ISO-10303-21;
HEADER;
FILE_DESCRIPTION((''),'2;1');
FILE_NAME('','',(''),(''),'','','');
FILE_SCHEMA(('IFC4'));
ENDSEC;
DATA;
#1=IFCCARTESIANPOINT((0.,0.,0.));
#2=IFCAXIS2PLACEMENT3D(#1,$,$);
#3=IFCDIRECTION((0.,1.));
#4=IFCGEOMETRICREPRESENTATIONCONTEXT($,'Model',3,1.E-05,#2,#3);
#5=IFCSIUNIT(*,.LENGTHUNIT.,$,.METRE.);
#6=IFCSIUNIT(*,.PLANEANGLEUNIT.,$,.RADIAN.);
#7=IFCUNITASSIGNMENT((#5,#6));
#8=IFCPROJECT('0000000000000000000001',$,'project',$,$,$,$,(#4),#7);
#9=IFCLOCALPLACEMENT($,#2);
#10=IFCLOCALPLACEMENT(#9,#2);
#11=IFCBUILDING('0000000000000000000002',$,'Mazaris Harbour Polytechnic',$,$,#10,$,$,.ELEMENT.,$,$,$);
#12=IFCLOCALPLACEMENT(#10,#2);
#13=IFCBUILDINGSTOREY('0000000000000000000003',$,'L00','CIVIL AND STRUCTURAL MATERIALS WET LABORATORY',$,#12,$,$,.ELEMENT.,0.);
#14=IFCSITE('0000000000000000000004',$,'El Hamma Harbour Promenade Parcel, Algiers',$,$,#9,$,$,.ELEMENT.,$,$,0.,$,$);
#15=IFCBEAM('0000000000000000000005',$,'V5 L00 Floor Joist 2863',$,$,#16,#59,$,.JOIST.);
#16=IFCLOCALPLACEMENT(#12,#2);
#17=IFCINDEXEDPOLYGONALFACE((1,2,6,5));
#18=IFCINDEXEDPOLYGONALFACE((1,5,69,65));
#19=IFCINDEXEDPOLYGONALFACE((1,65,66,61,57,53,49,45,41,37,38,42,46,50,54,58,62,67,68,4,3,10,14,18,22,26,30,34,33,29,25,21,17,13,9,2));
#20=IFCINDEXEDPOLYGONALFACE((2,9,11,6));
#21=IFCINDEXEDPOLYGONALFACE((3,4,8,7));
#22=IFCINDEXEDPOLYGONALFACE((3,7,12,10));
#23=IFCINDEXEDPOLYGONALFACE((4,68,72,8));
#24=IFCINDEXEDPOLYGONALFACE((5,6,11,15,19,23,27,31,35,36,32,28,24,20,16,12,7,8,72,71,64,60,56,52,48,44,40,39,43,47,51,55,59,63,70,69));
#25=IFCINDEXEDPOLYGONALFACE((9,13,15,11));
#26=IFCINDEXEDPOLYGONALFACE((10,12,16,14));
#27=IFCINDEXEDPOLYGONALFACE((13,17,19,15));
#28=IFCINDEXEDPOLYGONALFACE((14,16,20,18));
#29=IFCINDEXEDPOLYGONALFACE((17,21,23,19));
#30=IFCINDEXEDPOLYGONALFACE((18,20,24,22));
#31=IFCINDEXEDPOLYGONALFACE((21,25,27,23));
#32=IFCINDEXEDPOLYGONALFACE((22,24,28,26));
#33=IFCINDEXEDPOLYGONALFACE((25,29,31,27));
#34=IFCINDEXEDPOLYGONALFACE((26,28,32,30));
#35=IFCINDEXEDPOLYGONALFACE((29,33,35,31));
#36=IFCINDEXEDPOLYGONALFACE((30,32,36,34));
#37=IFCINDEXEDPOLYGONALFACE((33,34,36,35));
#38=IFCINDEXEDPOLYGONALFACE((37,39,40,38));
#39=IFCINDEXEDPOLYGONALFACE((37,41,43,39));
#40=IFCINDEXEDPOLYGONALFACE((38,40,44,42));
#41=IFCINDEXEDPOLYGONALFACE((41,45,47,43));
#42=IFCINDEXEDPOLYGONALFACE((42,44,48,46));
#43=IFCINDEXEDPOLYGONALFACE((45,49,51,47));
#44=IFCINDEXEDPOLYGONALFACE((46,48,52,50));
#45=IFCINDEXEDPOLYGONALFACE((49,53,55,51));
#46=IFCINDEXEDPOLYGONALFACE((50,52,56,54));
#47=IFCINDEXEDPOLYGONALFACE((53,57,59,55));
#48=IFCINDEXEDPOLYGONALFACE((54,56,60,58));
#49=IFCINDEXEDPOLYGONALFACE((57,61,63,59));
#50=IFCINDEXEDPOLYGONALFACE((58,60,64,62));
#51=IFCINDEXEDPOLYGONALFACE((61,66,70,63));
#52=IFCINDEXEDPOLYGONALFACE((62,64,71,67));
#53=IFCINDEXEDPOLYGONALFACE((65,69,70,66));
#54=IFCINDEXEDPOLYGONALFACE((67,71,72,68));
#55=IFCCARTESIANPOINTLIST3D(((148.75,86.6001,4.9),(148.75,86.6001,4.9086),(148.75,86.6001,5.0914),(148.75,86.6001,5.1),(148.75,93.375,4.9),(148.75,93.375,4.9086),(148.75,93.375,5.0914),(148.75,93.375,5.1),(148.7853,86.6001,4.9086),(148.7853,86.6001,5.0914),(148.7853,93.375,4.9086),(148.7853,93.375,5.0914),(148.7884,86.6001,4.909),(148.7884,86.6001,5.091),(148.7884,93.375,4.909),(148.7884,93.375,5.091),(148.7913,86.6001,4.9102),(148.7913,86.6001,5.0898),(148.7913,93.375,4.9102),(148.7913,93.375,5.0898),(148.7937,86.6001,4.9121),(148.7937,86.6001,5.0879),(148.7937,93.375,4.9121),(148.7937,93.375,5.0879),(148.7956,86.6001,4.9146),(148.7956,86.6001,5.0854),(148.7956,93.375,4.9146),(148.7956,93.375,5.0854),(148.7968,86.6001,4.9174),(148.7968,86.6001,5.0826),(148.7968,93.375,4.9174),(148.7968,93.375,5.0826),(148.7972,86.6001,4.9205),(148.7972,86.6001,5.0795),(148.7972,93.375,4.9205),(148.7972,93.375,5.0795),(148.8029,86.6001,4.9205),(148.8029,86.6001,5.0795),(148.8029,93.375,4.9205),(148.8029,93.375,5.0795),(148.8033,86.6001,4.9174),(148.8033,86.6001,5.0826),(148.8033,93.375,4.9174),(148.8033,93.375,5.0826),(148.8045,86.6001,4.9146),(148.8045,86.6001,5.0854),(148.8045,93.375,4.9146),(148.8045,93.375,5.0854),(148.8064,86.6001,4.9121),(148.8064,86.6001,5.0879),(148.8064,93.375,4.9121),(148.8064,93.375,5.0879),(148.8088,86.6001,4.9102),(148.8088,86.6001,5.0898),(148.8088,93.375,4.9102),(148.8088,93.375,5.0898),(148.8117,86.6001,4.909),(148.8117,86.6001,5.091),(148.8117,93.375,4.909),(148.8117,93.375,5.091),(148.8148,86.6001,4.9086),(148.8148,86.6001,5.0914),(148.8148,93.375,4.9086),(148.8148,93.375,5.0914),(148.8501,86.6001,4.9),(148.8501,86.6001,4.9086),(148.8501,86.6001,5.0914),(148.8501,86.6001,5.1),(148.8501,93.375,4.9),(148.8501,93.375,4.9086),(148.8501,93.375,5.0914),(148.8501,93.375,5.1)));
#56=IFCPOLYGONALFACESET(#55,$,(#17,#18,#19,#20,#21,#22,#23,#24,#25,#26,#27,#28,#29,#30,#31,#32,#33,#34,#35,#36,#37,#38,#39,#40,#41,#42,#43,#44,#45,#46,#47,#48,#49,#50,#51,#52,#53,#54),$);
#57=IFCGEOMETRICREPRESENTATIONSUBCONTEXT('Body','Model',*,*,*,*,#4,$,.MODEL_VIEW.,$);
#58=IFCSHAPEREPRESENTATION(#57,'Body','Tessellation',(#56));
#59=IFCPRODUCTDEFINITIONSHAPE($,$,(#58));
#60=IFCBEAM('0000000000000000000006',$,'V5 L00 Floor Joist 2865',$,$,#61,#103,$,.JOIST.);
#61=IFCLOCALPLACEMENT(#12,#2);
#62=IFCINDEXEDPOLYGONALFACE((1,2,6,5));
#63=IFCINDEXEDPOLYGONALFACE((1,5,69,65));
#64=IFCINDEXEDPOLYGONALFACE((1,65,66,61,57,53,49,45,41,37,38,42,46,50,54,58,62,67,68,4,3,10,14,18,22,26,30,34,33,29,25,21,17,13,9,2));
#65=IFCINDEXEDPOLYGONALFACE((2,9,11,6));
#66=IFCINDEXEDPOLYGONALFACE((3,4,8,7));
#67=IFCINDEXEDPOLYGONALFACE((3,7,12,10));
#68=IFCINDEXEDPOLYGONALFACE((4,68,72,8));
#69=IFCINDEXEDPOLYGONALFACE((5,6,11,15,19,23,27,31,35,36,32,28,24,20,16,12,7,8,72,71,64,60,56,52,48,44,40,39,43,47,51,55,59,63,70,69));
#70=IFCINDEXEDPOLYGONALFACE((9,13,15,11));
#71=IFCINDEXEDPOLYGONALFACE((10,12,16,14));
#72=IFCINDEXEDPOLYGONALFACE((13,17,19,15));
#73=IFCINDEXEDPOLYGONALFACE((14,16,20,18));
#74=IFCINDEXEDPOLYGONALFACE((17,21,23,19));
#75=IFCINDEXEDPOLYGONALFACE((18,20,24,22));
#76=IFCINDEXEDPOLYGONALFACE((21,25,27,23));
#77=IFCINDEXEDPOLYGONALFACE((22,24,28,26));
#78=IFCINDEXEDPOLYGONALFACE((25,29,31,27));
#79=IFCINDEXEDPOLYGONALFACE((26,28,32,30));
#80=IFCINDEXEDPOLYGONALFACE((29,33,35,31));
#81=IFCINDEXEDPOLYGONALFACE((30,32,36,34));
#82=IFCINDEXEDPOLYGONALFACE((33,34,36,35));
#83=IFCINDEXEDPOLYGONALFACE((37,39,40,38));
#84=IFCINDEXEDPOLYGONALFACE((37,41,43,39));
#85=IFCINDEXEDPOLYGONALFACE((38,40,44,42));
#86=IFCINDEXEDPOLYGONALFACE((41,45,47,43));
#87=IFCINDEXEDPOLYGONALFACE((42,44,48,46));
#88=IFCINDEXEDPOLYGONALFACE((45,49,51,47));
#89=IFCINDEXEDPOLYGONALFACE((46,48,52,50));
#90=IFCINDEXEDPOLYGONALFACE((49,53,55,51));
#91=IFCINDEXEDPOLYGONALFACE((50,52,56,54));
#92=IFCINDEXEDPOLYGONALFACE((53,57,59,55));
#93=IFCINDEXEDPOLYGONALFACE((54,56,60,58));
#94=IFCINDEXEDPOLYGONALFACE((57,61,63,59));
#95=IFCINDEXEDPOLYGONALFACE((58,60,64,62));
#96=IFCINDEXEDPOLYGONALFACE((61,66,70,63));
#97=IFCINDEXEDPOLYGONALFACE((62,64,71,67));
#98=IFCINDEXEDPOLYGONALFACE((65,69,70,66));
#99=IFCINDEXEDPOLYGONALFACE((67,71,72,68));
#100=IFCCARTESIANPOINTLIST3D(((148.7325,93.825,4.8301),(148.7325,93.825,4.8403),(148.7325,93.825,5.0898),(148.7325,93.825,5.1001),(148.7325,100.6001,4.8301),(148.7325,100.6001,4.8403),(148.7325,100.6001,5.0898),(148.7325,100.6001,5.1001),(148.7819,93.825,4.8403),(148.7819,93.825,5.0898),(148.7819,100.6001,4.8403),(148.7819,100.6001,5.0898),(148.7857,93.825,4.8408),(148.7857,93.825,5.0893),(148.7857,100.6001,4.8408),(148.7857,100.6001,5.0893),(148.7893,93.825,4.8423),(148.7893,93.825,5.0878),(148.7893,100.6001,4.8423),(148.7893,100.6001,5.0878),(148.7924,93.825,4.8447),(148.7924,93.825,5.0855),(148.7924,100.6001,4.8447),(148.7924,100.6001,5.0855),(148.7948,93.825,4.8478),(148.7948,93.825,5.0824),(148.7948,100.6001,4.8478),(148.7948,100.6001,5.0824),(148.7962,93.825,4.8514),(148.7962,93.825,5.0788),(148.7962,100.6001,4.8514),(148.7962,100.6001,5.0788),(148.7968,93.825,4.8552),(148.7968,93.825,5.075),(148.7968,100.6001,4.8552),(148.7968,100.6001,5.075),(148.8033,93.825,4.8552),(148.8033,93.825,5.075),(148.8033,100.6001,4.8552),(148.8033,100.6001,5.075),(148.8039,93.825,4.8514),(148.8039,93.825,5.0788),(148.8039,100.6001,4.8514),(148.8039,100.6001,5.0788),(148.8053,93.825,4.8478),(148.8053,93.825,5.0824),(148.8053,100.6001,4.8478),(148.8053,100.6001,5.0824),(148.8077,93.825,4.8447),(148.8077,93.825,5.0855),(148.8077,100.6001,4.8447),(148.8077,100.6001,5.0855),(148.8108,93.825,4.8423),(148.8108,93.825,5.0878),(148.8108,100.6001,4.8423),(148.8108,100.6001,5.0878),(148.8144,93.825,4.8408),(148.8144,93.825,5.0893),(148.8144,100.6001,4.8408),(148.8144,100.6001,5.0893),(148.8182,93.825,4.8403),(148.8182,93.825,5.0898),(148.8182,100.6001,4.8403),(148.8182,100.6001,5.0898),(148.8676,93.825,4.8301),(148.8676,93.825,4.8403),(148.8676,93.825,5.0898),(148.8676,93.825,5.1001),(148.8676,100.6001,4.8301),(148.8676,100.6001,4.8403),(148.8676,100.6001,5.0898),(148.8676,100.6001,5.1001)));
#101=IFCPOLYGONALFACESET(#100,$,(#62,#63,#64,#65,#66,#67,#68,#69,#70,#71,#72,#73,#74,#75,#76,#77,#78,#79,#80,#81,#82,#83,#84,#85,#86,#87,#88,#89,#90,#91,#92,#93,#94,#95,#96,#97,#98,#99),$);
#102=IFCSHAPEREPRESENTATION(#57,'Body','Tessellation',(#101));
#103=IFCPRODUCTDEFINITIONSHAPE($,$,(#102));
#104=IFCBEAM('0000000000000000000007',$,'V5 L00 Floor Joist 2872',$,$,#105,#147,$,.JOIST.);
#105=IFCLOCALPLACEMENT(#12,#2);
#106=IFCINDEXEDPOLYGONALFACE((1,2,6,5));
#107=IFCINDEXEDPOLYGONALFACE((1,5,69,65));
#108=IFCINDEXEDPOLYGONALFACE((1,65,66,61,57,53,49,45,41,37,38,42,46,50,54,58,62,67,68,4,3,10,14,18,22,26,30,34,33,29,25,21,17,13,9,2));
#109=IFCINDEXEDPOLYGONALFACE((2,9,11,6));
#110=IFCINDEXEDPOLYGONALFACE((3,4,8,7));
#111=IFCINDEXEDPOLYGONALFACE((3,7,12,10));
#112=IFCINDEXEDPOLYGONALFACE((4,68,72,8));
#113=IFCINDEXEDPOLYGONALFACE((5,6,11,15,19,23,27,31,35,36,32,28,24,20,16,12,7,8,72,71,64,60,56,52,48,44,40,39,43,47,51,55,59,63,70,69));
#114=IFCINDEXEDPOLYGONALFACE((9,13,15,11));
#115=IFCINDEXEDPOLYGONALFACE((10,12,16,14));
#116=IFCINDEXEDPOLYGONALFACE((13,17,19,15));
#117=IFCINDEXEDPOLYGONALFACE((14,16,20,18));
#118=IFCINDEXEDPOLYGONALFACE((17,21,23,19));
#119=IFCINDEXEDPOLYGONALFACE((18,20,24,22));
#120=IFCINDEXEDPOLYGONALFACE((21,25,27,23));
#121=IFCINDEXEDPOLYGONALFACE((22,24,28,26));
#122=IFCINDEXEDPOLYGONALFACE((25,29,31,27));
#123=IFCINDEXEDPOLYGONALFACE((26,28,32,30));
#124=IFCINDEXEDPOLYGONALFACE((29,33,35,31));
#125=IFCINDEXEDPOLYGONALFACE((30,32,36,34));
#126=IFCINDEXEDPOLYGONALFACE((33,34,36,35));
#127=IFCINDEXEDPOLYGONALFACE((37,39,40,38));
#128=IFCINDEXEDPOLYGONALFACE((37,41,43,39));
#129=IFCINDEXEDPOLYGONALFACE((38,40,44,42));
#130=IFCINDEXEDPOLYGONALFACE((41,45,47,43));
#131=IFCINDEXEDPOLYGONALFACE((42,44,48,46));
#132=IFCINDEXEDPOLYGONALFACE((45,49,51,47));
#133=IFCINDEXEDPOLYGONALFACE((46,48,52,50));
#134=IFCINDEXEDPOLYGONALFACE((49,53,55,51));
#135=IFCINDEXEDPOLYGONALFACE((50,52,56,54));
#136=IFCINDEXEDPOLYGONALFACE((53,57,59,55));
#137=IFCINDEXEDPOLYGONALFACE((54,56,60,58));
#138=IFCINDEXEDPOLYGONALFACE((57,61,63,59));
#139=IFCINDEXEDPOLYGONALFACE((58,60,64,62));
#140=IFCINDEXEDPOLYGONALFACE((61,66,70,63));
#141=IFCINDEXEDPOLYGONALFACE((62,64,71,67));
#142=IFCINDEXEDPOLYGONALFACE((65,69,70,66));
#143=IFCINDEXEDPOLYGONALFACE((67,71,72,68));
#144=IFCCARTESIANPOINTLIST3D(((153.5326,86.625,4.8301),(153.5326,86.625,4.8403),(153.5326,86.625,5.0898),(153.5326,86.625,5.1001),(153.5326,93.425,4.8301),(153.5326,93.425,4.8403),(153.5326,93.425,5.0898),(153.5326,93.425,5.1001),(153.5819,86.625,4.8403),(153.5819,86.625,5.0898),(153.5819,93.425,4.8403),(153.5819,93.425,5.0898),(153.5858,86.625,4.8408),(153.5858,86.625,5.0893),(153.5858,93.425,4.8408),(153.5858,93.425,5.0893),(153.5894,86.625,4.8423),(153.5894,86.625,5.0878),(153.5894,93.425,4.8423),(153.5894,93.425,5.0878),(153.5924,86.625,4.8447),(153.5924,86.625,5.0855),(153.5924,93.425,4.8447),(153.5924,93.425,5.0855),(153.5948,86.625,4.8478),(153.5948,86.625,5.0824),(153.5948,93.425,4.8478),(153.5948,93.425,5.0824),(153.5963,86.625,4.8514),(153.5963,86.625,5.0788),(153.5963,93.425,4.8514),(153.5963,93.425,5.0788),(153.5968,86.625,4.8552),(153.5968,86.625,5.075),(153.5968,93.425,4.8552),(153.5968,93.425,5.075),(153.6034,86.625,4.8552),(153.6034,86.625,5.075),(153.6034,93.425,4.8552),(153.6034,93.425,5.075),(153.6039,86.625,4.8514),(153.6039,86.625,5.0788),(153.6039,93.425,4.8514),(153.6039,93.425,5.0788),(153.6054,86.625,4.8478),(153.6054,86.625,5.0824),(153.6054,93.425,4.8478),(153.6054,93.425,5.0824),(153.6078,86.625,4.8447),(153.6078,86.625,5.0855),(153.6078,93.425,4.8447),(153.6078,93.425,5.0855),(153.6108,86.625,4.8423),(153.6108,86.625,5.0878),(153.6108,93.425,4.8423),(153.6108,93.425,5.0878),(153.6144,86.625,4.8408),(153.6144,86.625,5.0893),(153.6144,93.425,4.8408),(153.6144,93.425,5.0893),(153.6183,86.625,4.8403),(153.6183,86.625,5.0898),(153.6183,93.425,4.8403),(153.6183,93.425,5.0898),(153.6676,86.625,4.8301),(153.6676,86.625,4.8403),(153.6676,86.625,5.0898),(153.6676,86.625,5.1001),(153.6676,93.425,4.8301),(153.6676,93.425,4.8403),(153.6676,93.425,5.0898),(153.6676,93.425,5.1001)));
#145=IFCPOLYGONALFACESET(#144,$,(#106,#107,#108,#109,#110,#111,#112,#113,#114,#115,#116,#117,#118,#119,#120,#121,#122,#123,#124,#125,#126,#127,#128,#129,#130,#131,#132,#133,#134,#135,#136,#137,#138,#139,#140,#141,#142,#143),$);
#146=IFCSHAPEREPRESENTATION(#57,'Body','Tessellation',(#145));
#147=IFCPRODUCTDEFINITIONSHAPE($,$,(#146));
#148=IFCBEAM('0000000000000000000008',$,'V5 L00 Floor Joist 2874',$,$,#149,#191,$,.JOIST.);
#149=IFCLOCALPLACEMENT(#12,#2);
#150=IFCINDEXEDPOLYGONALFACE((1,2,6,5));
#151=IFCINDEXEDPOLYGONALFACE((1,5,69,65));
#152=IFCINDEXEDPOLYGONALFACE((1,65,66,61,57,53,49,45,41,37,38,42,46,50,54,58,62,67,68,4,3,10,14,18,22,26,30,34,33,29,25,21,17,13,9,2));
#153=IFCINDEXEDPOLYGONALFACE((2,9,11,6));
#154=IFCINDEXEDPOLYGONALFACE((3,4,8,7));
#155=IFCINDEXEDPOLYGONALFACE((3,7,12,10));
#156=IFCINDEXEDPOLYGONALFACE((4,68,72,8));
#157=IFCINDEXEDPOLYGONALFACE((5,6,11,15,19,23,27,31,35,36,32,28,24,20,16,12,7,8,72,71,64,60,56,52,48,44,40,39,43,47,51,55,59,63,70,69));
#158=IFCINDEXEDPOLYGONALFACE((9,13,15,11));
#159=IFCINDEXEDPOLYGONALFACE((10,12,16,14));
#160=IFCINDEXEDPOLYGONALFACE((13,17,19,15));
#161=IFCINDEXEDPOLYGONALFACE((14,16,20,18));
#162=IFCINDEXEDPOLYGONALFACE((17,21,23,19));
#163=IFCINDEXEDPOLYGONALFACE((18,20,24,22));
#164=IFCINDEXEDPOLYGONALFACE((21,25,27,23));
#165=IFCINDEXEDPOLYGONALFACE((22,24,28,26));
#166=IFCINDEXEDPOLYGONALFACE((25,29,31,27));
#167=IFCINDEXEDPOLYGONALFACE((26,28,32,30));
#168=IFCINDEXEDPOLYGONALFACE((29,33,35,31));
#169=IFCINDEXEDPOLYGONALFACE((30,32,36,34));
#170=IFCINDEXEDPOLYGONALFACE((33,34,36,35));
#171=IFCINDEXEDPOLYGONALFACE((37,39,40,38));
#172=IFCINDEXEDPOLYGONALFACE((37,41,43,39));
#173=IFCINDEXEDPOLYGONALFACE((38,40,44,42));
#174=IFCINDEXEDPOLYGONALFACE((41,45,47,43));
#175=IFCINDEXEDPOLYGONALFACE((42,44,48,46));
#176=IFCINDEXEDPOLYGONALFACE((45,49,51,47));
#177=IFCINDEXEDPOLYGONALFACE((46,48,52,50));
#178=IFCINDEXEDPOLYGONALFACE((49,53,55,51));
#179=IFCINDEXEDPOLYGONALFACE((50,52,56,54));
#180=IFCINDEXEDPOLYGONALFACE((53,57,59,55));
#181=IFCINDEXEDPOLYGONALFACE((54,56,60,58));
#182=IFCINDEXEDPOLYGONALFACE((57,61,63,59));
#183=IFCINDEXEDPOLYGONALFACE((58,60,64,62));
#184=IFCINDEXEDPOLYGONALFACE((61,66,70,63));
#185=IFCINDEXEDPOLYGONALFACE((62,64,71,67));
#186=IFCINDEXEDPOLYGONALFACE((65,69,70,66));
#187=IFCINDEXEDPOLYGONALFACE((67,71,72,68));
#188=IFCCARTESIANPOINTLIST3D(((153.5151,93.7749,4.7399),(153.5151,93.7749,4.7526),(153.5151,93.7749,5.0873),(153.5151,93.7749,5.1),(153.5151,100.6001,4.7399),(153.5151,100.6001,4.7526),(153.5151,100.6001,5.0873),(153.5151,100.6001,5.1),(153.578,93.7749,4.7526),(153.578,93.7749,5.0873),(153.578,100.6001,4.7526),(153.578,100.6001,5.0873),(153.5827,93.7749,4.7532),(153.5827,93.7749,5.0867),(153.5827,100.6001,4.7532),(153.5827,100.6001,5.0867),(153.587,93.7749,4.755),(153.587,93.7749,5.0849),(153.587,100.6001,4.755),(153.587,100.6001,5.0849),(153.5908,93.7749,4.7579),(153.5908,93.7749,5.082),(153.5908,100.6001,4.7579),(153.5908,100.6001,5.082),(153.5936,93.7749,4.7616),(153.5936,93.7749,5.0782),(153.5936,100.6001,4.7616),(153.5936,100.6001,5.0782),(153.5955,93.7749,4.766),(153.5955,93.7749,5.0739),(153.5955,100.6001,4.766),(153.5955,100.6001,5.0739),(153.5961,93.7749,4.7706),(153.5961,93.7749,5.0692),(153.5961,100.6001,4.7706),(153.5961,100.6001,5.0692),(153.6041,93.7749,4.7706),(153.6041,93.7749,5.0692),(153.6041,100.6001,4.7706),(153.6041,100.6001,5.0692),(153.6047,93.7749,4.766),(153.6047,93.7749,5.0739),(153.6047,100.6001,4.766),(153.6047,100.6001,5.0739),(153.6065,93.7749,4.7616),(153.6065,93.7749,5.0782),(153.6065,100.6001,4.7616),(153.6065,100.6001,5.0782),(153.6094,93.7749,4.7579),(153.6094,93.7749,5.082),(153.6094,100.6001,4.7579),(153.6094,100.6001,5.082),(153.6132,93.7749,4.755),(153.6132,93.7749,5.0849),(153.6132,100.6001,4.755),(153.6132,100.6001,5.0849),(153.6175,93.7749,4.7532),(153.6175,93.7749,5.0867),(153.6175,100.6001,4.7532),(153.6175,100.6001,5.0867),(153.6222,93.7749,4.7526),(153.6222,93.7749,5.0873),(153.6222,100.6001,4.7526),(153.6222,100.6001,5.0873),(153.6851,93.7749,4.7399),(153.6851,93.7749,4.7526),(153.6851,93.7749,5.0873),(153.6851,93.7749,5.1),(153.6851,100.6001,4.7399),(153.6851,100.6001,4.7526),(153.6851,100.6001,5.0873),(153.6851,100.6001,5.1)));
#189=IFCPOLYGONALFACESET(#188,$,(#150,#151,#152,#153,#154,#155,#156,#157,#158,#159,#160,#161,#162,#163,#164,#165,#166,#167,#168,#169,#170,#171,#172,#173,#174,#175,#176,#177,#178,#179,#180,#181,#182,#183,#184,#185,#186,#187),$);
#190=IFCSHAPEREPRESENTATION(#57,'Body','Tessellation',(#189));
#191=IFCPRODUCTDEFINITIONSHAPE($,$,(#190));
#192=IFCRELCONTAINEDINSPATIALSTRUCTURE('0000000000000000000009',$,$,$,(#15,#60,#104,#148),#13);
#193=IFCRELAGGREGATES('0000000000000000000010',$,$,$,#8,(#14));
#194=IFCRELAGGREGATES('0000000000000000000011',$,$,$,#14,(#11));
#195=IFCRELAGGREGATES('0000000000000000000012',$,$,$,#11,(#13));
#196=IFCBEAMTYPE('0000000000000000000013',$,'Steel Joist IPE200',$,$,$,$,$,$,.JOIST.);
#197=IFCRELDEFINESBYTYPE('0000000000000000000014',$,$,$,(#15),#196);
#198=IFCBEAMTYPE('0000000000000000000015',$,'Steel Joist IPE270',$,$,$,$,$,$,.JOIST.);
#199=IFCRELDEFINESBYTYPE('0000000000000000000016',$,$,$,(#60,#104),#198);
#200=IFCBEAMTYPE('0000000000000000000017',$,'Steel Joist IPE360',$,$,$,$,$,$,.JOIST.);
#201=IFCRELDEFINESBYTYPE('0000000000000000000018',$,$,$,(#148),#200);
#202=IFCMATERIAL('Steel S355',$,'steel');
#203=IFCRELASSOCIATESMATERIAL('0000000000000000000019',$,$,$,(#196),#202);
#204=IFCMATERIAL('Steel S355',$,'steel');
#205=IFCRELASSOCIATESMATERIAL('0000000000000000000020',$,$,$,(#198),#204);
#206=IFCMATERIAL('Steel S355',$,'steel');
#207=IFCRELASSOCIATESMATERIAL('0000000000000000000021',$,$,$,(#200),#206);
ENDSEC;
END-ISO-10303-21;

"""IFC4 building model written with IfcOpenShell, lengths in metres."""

from ifc_helpers import new_model, si_unit, direction, frame, origin, origin_2d, place, context, subcontext, project, spatial, i_section, extrude, material, material_profile, profile_set, type_object, element, save


model = new_model("IFC4")

# Units and contexts
model_context = context("Model", 3, precision=1e-05, world=origin(), true_north=direction((0.0, 1.0)))
body_context = subcontext(model_context, "Body", "Model", "MODEL_VIEW")
ifc_project = project(units=[si_unit("LENGTHUNIT", "METRE"), si_unit("PLANEANGLEUNIT", "RADIAN")], contexts=[model_context])

# Site, building, storey
site_placement = place(None, origin())
site = spatial("IfcSite", under=ifc_project, at=site_placement, Name="El Hamma Harbour Promenade Parcel, Algiers", CompositionType="ELEMENT", RefElevation=0.0)
building_placement = place(site_placement, origin())
building = spatial("IfcBuilding", under=site, at=building_placement, Name="Mazaris Harbour Polytechnic", CompositionType="ELEMENT")
storey_placement = place(building_placement, origin())
storey = spatial("IfcBuildingStorey", under=building, at=storey_placement, Name="L00", Description="CIVIL AND STRUCTURAL MATERIALS WET LABORATORY", CompositionType="ELEMENT", Elevation=0.0)

# Beams
ifc_material_1 = material(Name="Steel S355", Category="steel")
ifc_material_profile_1 = material_profile(ifc_material_1, i_section(OverallWidth=0.1001, OverallDepth=0.2, WebThickness=0.0056, FlangeThickness=0.0085, FilletRadius=0.012, at=origin_2d()), Name="IPE 200")
ifc_profile_set_1 = profile_set([ifc_material_profile_1], Name="Steel S355")
beam_type_1 = type_object("IfcBeamType", Name="Steel Joist IPE200", PredefinedType="JOIST", material=ifc_profile_set_1)
beam_1_placement = place(storey_placement, frame((148.8, 86.6001, 5.0), z_axis=(0.0, 1.0, 0.0), x_axis=(-1.0, 0.0, 0.0)))
element("IfcBeam", 1, at=beam_1_placement, inside=storey, type_object=beam_type_1, Name="V5 L00 Floor Joist 2863", PredefinedType="JOIST", context=body_context, shape_type="SweptSolid", body=[
    extrude(i_section(OverallWidth=0.1001, OverallDepth=0.2, WebThickness=0.0056, FlangeThickness=0.0085, FilletRadius=0.012, at=origin_2d()), origin(), (0.0, 0.0, 1.0), 6.7749),
])
ifc_material_2 = material(Name="Steel S355", Category="steel")
ifc_material_profile_2 = material_profile(ifc_material_2, i_section(OverallWidth=0.135, OverallDepth=0.27, WebThickness=0.0066, FlangeThickness=0.0103, FilletRadius=0.0149, at=origin_2d()), Name="IPE 270")
ifc_profile_set_2 = profile_set([ifc_material_profile_2], Name="Steel S355")
beam_type_2 = type_object("IfcBeamType", Name="Steel Joist IPE270", PredefinedType="JOIST", material=ifc_profile_set_2)
beam_2_placement = place(storey_placement, frame((148.8, 93.825, 4.9651), z_axis=(0.0, 1.0, 0.0), x_axis=(-1.0, 0.0, 0.0)))
element("IfcBeam", 2, at=beam_2_placement, inside=storey, type_object=beam_type_2, Name="V5 L00 Floor Joist 2865", PredefinedType="JOIST", context=body_context, shape_type="SweptSolid", body=[
    extrude(i_section(OverallWidth=0.135, OverallDepth=0.27, WebThickness=0.0066, FlangeThickness=0.0103, FilletRadius=0.0149, at=origin_2d()), origin(), (0.0, 0.0, 1.0), 6.7751),
])
beam_3_placement = place(storey_placement, frame((153.6001, 86.625, 4.9651), z_axis=(0.0, 1.0, 0.0), x_axis=(-1.0, 0.0, 0.0)))
element("IfcBeam", 3, at=beam_3_placement, inside=storey, type_object=beam_type_2, Name="V5 L00 Floor Joist 2872", PredefinedType="JOIST", context=body_context, shape_type="SweptSolid", body=[
    extrude(i_section(OverallWidth=0.135, OverallDepth=0.27, WebThickness=0.0066, FlangeThickness=0.0103, FilletRadius=0.0149, at=origin_2d()), origin(), (0.0, 0.0, 1.0), 6.8),
])
ifc_material_3 = material(Name="Steel S355", Category="steel")
ifc_material_profile_3 = material_profile(ifc_material_3, i_section(OverallWidth=0.1699, OverallDepth=0.3601, WebThickness=0.0081, FlangeThickness=0.0127, FilletRadius=0.0181, at=origin_2d()), Name="IPE 360")
ifc_profile_set_3 = profile_set([ifc_material_profile_3], Name="Steel S355")
beam_type_3 = type_object("IfcBeamType", Name="Steel Joist IPE360", PredefinedType="JOIST", material=ifc_profile_set_3)
beam_4_placement = place(storey_placement, frame((153.6001, 93.7749, 4.9199), z_axis=(0.0, 1.0, 0.0), x_axis=(-1.0, 0.0, 0.0)))
element("IfcBeam", 4, at=beam_4_placement, inside=storey, type_object=beam_type_3, Name="V5 L00 Floor Joist 2874", PredefinedType="JOIST", context=body_context, shape_type="SweptSolid", body=[
    extrude(i_section(OverallWidth=0.1699, OverallDepth=0.3601, WebThickness=0.0081, FlangeThickness=0.0127, FilletRadius=0.0181, at=origin_2d()), origin(), (0.0, 0.0, 1.0), 6.8252),
])

save(model, "model.ifc")
